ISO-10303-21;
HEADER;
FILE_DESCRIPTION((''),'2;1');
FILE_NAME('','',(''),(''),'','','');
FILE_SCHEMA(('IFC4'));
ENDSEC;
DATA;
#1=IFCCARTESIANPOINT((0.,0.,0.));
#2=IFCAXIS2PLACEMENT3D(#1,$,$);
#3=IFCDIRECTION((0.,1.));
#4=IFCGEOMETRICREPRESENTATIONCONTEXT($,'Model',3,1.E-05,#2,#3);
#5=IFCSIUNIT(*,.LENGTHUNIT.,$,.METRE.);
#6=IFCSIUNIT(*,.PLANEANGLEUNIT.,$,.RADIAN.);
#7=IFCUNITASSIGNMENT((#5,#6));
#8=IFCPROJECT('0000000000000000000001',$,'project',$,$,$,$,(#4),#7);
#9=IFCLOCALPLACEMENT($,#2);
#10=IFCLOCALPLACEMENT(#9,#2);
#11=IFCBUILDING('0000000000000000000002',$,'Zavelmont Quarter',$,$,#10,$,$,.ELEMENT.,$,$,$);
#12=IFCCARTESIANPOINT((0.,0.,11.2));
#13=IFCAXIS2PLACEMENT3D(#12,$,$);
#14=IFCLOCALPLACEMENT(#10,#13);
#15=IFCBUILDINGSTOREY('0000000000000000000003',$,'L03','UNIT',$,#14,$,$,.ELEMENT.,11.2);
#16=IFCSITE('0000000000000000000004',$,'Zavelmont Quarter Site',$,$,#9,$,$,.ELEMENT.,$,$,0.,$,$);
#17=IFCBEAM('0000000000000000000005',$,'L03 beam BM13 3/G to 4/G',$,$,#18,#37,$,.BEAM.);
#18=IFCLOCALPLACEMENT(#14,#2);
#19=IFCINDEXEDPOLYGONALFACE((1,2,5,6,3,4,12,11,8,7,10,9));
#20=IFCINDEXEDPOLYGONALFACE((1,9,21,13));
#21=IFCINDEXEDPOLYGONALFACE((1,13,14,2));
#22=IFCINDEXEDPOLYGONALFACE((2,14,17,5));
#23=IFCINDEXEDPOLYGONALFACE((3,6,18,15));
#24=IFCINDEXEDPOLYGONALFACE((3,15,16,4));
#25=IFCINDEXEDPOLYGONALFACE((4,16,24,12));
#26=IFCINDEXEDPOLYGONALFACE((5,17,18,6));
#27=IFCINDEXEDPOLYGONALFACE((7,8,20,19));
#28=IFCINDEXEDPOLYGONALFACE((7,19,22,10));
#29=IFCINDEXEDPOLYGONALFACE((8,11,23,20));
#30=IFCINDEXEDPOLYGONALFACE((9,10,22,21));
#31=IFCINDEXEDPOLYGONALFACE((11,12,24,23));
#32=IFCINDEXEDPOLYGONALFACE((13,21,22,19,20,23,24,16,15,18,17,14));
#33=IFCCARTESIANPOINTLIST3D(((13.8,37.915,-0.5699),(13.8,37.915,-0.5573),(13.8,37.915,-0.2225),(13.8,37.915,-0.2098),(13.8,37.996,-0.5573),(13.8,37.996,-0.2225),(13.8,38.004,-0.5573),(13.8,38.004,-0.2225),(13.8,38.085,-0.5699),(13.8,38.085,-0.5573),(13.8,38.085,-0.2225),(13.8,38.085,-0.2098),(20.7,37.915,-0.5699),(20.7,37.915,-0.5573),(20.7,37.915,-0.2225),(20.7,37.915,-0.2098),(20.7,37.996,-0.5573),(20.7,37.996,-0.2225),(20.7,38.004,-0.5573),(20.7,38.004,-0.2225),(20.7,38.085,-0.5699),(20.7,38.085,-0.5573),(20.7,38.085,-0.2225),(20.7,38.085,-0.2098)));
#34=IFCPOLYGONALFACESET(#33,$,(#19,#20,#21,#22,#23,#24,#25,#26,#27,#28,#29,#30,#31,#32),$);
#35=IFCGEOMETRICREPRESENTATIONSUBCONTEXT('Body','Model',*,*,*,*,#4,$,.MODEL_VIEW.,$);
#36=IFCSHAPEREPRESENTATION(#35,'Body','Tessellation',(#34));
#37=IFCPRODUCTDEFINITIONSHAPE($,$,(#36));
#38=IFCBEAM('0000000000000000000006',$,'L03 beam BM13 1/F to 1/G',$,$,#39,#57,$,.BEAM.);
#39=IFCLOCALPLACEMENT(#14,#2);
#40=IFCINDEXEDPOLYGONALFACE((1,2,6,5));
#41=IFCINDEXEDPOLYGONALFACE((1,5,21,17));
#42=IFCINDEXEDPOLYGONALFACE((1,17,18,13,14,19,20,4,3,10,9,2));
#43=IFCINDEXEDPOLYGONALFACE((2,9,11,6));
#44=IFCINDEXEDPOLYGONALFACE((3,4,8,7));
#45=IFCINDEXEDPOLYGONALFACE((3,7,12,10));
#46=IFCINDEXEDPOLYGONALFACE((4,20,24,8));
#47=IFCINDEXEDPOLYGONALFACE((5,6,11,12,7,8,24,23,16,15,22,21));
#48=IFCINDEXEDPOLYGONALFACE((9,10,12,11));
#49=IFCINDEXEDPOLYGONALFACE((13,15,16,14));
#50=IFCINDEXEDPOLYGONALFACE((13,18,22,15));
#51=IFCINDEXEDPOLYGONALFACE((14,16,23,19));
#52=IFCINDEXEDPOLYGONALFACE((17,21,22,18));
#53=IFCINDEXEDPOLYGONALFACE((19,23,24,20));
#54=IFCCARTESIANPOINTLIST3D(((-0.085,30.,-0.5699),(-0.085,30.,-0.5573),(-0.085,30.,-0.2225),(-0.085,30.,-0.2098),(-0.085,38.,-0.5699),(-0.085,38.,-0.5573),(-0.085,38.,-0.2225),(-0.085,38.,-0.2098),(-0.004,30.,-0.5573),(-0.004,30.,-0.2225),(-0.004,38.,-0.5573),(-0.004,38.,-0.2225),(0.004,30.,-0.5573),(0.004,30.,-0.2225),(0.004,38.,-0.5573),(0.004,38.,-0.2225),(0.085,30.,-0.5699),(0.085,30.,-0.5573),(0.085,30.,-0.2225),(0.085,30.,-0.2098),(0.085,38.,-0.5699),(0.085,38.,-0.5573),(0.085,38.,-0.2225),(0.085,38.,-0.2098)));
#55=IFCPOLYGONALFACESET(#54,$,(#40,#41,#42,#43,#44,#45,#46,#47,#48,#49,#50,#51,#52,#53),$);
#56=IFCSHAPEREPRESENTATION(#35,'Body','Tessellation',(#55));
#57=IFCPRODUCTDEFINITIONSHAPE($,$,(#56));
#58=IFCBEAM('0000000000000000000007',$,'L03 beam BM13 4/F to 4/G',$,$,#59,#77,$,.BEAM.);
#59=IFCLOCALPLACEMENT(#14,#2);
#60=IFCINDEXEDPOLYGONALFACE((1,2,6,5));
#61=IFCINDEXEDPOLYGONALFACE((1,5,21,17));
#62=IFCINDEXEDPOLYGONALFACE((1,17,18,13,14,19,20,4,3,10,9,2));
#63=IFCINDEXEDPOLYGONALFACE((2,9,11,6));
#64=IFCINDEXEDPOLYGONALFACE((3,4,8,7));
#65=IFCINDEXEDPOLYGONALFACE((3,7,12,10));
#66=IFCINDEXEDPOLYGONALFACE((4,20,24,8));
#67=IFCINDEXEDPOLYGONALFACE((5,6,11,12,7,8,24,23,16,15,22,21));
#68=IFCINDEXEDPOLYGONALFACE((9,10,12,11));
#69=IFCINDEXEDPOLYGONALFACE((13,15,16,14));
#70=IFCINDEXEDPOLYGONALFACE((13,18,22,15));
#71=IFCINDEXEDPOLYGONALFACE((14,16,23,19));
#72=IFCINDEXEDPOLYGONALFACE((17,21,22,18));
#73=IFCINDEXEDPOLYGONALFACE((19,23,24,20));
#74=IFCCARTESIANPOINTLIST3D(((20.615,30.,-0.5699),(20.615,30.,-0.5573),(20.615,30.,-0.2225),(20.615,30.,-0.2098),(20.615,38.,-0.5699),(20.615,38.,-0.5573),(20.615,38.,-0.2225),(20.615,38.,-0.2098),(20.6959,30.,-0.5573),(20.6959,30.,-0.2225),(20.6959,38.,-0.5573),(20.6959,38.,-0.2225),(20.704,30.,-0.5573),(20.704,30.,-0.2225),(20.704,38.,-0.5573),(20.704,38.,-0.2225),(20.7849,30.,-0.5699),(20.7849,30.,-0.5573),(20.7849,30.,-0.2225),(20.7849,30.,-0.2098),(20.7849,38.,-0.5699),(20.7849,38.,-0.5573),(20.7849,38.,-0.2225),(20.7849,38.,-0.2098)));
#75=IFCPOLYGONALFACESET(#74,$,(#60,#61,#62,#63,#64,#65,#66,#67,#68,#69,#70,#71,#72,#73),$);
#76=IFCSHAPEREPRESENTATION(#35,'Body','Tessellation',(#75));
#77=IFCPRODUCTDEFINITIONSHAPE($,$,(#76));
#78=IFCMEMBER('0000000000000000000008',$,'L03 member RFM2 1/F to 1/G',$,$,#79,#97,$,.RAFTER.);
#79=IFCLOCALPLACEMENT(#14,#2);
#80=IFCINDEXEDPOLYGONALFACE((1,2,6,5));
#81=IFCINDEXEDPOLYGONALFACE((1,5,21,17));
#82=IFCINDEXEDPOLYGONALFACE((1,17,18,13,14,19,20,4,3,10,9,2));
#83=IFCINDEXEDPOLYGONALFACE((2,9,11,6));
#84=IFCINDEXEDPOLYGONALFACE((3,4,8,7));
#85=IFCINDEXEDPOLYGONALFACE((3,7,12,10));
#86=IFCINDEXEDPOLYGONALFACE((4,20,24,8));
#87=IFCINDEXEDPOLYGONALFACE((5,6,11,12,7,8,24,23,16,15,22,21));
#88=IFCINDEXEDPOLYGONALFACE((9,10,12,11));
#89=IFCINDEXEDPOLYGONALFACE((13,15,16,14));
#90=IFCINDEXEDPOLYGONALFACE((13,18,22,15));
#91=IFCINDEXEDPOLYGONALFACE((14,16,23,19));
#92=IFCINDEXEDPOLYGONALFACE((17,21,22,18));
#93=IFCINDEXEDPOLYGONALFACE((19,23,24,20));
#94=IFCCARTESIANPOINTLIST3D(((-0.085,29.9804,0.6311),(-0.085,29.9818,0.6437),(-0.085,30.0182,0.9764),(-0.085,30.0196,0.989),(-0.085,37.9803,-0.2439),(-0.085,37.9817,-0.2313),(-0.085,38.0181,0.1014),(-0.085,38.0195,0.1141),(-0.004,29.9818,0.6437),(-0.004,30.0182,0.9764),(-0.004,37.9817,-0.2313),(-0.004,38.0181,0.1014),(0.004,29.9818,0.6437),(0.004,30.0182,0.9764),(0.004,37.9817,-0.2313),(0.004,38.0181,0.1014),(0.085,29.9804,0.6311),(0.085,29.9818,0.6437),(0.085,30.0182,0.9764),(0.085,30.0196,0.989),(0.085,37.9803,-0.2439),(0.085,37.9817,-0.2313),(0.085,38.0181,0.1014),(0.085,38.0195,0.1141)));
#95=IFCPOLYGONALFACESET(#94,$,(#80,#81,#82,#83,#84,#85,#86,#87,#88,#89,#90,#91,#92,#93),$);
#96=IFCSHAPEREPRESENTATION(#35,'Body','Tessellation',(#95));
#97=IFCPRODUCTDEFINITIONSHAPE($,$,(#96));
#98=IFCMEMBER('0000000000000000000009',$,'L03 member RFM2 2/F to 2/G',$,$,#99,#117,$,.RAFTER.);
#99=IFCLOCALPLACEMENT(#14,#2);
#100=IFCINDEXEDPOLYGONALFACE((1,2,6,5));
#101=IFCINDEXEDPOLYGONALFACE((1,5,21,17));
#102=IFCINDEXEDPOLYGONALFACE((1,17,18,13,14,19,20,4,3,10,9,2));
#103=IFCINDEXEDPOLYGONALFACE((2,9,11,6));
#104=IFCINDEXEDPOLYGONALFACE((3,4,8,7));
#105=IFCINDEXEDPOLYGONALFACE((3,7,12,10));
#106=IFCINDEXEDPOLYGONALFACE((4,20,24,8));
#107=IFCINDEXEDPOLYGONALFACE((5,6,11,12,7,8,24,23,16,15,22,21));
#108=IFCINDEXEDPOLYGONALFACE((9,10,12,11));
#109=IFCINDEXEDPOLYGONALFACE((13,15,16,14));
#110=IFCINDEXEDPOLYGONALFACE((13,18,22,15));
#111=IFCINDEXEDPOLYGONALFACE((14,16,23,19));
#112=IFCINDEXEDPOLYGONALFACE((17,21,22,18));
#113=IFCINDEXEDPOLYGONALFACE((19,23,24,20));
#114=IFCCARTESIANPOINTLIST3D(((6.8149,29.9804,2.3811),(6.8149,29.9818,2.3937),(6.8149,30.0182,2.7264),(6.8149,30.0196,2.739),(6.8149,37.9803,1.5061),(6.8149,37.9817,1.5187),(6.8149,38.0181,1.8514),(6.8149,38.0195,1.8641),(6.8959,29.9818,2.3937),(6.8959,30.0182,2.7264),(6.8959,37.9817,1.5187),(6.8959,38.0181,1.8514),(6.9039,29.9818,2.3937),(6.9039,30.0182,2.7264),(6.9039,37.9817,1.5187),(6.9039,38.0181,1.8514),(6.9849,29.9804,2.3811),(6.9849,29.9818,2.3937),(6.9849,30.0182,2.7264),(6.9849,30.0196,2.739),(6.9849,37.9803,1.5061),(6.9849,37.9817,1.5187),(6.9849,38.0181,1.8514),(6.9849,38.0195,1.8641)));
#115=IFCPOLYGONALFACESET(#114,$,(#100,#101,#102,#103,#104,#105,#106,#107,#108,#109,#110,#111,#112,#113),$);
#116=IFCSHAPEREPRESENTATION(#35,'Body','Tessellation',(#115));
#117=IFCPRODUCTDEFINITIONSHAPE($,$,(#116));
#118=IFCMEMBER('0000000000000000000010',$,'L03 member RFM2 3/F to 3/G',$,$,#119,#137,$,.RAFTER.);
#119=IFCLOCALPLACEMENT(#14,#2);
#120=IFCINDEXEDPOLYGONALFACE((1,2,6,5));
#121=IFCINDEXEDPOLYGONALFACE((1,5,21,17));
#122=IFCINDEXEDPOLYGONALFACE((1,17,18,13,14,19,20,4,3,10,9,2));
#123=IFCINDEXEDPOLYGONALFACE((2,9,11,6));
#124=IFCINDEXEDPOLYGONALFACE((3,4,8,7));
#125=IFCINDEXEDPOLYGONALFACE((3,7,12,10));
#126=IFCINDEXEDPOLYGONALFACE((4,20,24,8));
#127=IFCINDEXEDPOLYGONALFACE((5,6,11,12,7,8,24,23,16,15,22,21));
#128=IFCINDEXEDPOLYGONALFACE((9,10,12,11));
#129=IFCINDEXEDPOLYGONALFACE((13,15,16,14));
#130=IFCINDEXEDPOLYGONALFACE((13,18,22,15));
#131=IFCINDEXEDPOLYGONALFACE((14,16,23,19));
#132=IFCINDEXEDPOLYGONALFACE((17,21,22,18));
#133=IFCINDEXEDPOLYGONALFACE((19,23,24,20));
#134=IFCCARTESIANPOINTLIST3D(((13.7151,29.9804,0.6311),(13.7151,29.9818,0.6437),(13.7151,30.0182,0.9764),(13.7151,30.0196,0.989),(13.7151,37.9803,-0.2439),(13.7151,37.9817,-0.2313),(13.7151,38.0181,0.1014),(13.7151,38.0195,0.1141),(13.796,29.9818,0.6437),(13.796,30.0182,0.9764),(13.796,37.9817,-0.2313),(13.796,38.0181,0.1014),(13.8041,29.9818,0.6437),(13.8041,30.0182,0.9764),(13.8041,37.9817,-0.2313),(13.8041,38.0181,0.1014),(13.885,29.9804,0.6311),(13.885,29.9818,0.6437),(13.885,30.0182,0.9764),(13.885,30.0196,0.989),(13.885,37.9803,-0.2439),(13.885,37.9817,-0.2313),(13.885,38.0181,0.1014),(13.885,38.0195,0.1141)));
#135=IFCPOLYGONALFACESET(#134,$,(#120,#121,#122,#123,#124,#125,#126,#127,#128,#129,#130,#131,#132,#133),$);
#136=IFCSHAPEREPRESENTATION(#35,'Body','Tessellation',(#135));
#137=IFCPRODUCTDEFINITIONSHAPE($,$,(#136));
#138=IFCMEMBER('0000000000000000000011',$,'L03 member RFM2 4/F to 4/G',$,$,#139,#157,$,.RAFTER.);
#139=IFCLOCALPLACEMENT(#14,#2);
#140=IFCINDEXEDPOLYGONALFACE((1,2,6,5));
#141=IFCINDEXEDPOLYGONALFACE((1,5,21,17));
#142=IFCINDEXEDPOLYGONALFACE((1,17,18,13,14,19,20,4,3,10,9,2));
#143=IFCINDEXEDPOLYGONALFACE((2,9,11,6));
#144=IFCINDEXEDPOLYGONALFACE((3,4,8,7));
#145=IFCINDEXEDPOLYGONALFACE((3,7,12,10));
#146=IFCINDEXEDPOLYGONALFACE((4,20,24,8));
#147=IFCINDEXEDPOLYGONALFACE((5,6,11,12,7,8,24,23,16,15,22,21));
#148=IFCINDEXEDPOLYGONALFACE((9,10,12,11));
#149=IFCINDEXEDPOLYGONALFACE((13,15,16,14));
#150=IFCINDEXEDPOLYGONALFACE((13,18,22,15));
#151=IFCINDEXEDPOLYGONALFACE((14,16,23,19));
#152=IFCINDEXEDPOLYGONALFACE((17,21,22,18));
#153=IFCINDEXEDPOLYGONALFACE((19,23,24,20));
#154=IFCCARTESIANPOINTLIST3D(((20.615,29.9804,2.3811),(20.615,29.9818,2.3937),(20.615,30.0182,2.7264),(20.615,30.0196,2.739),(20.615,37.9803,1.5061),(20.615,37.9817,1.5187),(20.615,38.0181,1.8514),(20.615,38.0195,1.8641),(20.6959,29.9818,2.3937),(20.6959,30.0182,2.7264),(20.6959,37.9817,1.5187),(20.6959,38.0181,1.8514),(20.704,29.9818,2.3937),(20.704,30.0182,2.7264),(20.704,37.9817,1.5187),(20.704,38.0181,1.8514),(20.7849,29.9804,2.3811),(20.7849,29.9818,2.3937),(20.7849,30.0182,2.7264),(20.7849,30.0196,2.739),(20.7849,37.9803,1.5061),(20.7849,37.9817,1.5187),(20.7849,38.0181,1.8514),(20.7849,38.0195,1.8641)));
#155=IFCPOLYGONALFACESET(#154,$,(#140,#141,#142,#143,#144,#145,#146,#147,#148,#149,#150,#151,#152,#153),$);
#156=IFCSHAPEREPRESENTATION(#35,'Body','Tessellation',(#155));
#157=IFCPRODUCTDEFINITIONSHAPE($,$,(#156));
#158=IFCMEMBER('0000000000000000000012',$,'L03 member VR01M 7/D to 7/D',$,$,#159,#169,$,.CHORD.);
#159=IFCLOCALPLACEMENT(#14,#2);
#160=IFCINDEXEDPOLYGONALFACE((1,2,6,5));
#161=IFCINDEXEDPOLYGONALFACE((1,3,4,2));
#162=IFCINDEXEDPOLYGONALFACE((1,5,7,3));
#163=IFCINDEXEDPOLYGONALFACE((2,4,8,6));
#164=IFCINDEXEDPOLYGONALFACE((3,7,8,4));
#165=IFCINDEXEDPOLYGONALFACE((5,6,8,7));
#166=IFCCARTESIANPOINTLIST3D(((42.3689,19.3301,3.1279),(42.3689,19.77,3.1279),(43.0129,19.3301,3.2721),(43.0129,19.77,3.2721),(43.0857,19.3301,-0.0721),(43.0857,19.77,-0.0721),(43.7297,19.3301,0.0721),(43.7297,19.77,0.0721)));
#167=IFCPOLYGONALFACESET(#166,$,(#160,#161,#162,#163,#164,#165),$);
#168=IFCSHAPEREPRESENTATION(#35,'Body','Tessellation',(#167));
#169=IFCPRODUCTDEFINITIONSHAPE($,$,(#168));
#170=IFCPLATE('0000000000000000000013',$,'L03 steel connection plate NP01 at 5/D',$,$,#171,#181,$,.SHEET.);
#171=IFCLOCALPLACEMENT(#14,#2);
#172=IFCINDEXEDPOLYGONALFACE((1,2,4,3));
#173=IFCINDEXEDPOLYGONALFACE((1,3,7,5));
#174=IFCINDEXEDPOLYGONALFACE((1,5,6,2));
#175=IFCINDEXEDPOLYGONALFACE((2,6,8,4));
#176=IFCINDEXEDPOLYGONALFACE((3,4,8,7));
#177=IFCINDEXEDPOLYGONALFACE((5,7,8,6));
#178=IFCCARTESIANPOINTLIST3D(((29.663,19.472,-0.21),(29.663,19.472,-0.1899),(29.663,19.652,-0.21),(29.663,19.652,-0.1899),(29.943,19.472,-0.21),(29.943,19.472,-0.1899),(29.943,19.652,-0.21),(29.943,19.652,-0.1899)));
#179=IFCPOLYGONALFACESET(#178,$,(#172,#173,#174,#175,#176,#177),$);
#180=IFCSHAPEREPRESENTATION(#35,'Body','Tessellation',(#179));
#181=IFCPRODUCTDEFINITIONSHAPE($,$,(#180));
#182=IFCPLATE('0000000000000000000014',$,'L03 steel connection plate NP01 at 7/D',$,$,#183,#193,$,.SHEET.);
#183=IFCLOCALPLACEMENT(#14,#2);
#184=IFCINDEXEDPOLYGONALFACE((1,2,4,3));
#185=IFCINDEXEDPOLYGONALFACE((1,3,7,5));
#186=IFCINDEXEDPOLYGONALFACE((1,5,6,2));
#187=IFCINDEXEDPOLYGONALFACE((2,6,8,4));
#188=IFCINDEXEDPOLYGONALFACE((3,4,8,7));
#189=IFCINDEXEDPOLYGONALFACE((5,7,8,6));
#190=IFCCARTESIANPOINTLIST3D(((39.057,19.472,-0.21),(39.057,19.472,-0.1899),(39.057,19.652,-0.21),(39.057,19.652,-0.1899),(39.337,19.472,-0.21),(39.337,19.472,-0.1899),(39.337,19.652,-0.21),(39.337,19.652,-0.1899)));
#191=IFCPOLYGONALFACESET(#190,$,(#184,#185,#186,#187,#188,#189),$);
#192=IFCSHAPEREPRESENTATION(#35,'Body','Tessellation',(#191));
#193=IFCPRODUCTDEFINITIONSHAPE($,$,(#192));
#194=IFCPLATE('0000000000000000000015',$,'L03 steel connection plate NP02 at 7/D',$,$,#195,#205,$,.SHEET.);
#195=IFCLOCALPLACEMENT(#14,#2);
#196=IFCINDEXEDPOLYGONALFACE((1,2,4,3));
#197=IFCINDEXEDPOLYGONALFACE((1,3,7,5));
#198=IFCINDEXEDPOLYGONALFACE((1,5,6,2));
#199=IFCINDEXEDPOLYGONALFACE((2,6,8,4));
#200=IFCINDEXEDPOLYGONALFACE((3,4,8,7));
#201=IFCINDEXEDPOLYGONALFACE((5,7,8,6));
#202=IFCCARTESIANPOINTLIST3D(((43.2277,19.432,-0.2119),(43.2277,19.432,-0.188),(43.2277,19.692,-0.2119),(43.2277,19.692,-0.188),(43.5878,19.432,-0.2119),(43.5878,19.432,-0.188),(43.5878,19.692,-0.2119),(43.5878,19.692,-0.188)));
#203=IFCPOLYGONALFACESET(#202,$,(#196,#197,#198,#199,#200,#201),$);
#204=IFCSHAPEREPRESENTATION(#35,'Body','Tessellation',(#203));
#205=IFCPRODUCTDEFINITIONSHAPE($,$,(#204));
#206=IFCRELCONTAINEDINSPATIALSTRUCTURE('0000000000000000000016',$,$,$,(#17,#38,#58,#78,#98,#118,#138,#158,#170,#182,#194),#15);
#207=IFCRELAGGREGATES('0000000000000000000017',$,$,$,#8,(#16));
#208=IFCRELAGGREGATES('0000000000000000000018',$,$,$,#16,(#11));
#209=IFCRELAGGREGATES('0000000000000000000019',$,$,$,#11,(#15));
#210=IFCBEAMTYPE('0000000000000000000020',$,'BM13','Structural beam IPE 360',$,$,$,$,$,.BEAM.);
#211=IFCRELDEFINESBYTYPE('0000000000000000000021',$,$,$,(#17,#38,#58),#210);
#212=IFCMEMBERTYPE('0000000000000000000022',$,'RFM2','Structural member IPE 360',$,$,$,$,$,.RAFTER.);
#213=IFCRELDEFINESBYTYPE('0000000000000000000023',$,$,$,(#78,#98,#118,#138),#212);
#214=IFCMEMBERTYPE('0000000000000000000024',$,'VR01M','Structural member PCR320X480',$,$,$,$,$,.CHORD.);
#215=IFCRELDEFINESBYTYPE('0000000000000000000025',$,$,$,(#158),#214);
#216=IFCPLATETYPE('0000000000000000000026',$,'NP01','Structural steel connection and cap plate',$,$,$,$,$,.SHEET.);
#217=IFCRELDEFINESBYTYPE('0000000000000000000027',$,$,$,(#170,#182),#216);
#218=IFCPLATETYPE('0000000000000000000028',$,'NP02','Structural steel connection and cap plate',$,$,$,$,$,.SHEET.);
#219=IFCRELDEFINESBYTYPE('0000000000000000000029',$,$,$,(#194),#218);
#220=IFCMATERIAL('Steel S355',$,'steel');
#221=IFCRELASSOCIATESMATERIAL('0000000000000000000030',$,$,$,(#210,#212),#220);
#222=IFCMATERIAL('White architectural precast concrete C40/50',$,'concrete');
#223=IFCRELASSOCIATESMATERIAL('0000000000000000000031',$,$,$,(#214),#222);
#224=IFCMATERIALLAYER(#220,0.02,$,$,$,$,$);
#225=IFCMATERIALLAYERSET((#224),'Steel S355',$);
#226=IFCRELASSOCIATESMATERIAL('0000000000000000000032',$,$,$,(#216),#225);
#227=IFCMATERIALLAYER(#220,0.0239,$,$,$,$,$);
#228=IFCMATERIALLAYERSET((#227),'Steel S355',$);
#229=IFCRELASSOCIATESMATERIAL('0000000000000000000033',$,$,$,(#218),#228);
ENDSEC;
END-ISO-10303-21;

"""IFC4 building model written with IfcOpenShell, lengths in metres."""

from ifc_helpers import new_model, si_unit, direction, frame, origin, origin_2d, place, context, subcontext, project, spatial, rectangle, i_section, extrude, material, layer, layer_set, material_profile, profile_set, type_object, element, save


model = new_model("IFC4")

# Units and contexts
model_context = context("Model", 3, precision=1e-05, world=origin(), true_north=direction((0.0, 1.0)))
body_context = subcontext(model_context, "Body", "Model", "MODEL_VIEW")
ifc_project = project(units=[si_unit("LENGTHUNIT", "METRE"), si_unit("PLANEANGLEUNIT", "RADIAN")], contexts=[model_context])

# Site, building, storey
site_placement = place(None, origin())
site = spatial("IfcSite", under=ifc_project, at=site_placement, Name="Zavelmont Quarter Site", CompositionType="ELEMENT", RefElevation=0.0)
building_placement = place(site_placement, origin())
building = spatial("IfcBuilding", under=site, at=building_placement, Name="Zavelmont Quarter", CompositionType="ELEMENT")
storey_placement = place(building_placement, frame((0.0, 0.0, 11.2)))
storey = spatial("IfcBuildingStorey", under=building, at=storey_placement, Name="L03", Description="UNIT", CompositionType="ELEMENT", Elevation=11.2)

# Beams
ifc_material_1 = material(Name="Steel S355", Category="steel")
ifc_material_profile_1 = material_profile(ifc_material_1, i_section(OverallWidth=0.1699, OverallDepth=0.3601, WebThickness=0.0081, FlangeThickness=0.0127, at=origin_2d()), Name="IPE 360")
ifc_profile_set_1 = profile_set([ifc_material_profile_1], Name="Steel S355")
beam_type = type_object("IfcBeamType", Name="BM13", Description="Structural beam IPE 360", PredefinedType="BEAM", material=ifc_profile_set_1)
beam_1_placement = place(storey_placement, frame((13.8, 38.0, -0.3899), z_axis=(1.0, 0.0, 0.0), x_axis=(0.0, 1.0, 0.0)))
element("IfcBeam", 1, at=beam_1_placement, inside=storey, type_object=beam_type, Name="L03 beam BM13 3/G to 4/G", PredefinedType="BEAM", context=body_context, shape_type="SweptSolid", body=[
    extrude(i_section(OverallWidth=0.1699, OverallDepth=0.3601, WebThickness=0.0081, FlangeThickness=0.0127, at=origin_2d()), origin(), (0.0, 0.0, 1.0), 6.8999),
])
for number, where, z_axis, x_axis, name in (
    (2, (0.0, 30.0, -0.3899), (0.0, 1.0, 0.0), (-1.0, 0.0, 0.0), "L03 beam BM13 1/F to 1/G"),
    (3, (20.7, 30.0, -0.3899), (0.0, 1.0, 0.0), (-1.0, 0.0, 0.0), "L03 beam BM13 4/F to 4/G"),
):
    element("IfcBeam", number, at=place(storey_placement, frame(where, z_axis=z_axis, x_axis=x_axis)), inside=storey, type_object=beam_type, Name=name, PredefinedType="BEAM", context=body_context, shape_type="SweptSolid", body=[
        extrude(i_section(OverallWidth=0.1699, OverallDepth=0.3601, WebThickness=0.0081, FlangeThickness=0.0127, at=origin_2d()), origin(), (0.0, 0.0, 1.0), 8.0),
    ])

# Members
ifc_material_profile_2 = material_profile(ifc_material_1, i_section(OverallWidth=0.1699, OverallDepth=0.3601, WebThickness=0.0081, FlangeThickness=0.0127, at=origin_2d()), Name="IPE 360")
ifc_profile_set_2 = profile_set([ifc_material_profile_2], Name="Steel S355")
member_type_1 = type_object("IfcMemberType", Name="RFM2", Description="Structural member IPE 360", PredefinedType="RAFTER", material=ifc_profile_set_2)
for number, where, z_axis, x_axis, name in (
    (4, (0.0, 30.0, 0.8101), (0.0, 0.994072, -0.108727), (-1.0, 0.0, 0.0), "L03 member RFM2 1/F to 1/G"),
    (5, (6.8999, 30.0, 2.5601), (0.0, 0.994072, -0.108727), (-1.0, 0.0, 0.0), "L03 member RFM2 2/F to 2/G"),
    (6, (13.8, 30.0, 0.8101), (0.0, 0.994072, -0.108727), (-1.0, 0.0, 0.0), "L03 member RFM2 3/F to 3/G"),
    (7, (20.7, 30.0, 2.5601), (0.0, 0.994072, -0.108727), (-1.0, 0.0, 0.0), "L03 member RFM2 4/F to 4/G"),
):
    element("IfcMember", number, at=place(storey_placement, frame(where, z_axis=z_axis, x_axis=x_axis)), inside=storey, type_object=member_type_1, Name=name, PredefinedType="RAFTER", context=body_context, shape_type="SweptSolid", body=[
        extrude(i_section(OverallWidth=0.1699, OverallDepth=0.3601, WebThickness=0.0081, FlangeThickness=0.0127, at=origin_2d()), origin(), (0.0, 0.0, 1.0), 8.0476),
    ])
ifc_material_2 = material(Name="White architectural precast concrete C40/50", Category="concrete")
ifc_material_profile_3 = material_profile(ifc_material_2, rectangle(XDim=0.4399, YDim=0.6599, at=origin_2d()), Name="PCR320X480")
ifc_profile_set_3 = profile_set([ifc_material_profile_3], Name="White architectural precast concrete C40/50")
member_type_2 = type_object("IfcMemberType", Name="VR01M", Description="Structural member PCR320X480", PredefinedType="CHORD", material=ifc_profile_set_3)
member_placement = place(storey_placement, frame((43.4077, 19.55, 0.0), z_axis=(-0.218586, 0.0, 0.975818), x_axis=(0.0, -1.0, 0.0)))
element("IfcMember", 8, at=member_placement, inside=storey, type_object=member_type_2, Name="L03 member VR01M 7/D to 7/D", PredefinedType="CHORD", context=body_context, shape_type="SweptSolid", body=[
    extrude(rectangle(XDim=0.4399, YDim=0.6599, at=origin_2d()), origin(), (0.0, 0.0, 1.0), 3.2793),
])

# Plates
ifc_layer_1 = layer(ifc_material_1, 0.02)
ifc_layer_set_1 = layer_set([ifc_layer_1], Name="Steel S355")
plate_type_1 = type_object("IfcPlateType", Name="NP01", Description="Structural steel connection and cap plate", PredefinedType="SHEET", material=ifc_layer_set_1)
for number, where, z_axis, x_axis, name in (
    (9, (29.803, 19.562, -0.21), (0.0, 0.0, 1.0), (1.0, 0.0, 0.0), "L03 steel connection plate NP01 at 5/D"),
    (10, (39.197, 19.562, -0.21), (0.0, 0.0, 1.0), (1.0, 0.0, 0.0), "L03 steel connection plate NP01 at 7/D"),
):
    element("IfcPlate", number, at=place(storey_placement, frame(where, z_axis=z_axis, x_axis=x_axis)), inside=storey, type_object=plate_type_1, Name=name, PredefinedType="SHEET", context=body_context, shape_type="SweptSolid", body=[
        extrude(rectangle(XDim=0.28, YDim=0.1799, at=origin_2d()), origin(), (0.0, 0.0, 1.0), 0.02),
    ])
ifc_layer_2 = layer(ifc_material_1, 0.0239)
ifc_layer_set_2 = layer_set([ifc_layer_2], Name="Steel S355")
plate_type_2 = type_object("IfcPlateType", Name="NP02", Description="Structural steel connection and cap plate", PredefinedType="SHEET", material=ifc_layer_set_2)
plate_placement = place(storey_placement, frame((43.4077, 19.562, -0.2119), z_axis=(0.0, 0.0, 1.0), x_axis=(1.0, 0.0, 0.0)))
element("IfcPlate", 11, at=plate_placement, inside=storey, type_object=plate_type_2, Name="L03 steel connection plate NP02 at 7/D", PredefinedType="SHEET", context=body_context, shape_type="SweptSolid", body=[
    extrude(rectangle(XDim=0.3601, YDim=0.26, at=origin_2d()), origin(), (0.0, 0.0, 1.0), 0.0239),
])

save(model, "model.ifc")
